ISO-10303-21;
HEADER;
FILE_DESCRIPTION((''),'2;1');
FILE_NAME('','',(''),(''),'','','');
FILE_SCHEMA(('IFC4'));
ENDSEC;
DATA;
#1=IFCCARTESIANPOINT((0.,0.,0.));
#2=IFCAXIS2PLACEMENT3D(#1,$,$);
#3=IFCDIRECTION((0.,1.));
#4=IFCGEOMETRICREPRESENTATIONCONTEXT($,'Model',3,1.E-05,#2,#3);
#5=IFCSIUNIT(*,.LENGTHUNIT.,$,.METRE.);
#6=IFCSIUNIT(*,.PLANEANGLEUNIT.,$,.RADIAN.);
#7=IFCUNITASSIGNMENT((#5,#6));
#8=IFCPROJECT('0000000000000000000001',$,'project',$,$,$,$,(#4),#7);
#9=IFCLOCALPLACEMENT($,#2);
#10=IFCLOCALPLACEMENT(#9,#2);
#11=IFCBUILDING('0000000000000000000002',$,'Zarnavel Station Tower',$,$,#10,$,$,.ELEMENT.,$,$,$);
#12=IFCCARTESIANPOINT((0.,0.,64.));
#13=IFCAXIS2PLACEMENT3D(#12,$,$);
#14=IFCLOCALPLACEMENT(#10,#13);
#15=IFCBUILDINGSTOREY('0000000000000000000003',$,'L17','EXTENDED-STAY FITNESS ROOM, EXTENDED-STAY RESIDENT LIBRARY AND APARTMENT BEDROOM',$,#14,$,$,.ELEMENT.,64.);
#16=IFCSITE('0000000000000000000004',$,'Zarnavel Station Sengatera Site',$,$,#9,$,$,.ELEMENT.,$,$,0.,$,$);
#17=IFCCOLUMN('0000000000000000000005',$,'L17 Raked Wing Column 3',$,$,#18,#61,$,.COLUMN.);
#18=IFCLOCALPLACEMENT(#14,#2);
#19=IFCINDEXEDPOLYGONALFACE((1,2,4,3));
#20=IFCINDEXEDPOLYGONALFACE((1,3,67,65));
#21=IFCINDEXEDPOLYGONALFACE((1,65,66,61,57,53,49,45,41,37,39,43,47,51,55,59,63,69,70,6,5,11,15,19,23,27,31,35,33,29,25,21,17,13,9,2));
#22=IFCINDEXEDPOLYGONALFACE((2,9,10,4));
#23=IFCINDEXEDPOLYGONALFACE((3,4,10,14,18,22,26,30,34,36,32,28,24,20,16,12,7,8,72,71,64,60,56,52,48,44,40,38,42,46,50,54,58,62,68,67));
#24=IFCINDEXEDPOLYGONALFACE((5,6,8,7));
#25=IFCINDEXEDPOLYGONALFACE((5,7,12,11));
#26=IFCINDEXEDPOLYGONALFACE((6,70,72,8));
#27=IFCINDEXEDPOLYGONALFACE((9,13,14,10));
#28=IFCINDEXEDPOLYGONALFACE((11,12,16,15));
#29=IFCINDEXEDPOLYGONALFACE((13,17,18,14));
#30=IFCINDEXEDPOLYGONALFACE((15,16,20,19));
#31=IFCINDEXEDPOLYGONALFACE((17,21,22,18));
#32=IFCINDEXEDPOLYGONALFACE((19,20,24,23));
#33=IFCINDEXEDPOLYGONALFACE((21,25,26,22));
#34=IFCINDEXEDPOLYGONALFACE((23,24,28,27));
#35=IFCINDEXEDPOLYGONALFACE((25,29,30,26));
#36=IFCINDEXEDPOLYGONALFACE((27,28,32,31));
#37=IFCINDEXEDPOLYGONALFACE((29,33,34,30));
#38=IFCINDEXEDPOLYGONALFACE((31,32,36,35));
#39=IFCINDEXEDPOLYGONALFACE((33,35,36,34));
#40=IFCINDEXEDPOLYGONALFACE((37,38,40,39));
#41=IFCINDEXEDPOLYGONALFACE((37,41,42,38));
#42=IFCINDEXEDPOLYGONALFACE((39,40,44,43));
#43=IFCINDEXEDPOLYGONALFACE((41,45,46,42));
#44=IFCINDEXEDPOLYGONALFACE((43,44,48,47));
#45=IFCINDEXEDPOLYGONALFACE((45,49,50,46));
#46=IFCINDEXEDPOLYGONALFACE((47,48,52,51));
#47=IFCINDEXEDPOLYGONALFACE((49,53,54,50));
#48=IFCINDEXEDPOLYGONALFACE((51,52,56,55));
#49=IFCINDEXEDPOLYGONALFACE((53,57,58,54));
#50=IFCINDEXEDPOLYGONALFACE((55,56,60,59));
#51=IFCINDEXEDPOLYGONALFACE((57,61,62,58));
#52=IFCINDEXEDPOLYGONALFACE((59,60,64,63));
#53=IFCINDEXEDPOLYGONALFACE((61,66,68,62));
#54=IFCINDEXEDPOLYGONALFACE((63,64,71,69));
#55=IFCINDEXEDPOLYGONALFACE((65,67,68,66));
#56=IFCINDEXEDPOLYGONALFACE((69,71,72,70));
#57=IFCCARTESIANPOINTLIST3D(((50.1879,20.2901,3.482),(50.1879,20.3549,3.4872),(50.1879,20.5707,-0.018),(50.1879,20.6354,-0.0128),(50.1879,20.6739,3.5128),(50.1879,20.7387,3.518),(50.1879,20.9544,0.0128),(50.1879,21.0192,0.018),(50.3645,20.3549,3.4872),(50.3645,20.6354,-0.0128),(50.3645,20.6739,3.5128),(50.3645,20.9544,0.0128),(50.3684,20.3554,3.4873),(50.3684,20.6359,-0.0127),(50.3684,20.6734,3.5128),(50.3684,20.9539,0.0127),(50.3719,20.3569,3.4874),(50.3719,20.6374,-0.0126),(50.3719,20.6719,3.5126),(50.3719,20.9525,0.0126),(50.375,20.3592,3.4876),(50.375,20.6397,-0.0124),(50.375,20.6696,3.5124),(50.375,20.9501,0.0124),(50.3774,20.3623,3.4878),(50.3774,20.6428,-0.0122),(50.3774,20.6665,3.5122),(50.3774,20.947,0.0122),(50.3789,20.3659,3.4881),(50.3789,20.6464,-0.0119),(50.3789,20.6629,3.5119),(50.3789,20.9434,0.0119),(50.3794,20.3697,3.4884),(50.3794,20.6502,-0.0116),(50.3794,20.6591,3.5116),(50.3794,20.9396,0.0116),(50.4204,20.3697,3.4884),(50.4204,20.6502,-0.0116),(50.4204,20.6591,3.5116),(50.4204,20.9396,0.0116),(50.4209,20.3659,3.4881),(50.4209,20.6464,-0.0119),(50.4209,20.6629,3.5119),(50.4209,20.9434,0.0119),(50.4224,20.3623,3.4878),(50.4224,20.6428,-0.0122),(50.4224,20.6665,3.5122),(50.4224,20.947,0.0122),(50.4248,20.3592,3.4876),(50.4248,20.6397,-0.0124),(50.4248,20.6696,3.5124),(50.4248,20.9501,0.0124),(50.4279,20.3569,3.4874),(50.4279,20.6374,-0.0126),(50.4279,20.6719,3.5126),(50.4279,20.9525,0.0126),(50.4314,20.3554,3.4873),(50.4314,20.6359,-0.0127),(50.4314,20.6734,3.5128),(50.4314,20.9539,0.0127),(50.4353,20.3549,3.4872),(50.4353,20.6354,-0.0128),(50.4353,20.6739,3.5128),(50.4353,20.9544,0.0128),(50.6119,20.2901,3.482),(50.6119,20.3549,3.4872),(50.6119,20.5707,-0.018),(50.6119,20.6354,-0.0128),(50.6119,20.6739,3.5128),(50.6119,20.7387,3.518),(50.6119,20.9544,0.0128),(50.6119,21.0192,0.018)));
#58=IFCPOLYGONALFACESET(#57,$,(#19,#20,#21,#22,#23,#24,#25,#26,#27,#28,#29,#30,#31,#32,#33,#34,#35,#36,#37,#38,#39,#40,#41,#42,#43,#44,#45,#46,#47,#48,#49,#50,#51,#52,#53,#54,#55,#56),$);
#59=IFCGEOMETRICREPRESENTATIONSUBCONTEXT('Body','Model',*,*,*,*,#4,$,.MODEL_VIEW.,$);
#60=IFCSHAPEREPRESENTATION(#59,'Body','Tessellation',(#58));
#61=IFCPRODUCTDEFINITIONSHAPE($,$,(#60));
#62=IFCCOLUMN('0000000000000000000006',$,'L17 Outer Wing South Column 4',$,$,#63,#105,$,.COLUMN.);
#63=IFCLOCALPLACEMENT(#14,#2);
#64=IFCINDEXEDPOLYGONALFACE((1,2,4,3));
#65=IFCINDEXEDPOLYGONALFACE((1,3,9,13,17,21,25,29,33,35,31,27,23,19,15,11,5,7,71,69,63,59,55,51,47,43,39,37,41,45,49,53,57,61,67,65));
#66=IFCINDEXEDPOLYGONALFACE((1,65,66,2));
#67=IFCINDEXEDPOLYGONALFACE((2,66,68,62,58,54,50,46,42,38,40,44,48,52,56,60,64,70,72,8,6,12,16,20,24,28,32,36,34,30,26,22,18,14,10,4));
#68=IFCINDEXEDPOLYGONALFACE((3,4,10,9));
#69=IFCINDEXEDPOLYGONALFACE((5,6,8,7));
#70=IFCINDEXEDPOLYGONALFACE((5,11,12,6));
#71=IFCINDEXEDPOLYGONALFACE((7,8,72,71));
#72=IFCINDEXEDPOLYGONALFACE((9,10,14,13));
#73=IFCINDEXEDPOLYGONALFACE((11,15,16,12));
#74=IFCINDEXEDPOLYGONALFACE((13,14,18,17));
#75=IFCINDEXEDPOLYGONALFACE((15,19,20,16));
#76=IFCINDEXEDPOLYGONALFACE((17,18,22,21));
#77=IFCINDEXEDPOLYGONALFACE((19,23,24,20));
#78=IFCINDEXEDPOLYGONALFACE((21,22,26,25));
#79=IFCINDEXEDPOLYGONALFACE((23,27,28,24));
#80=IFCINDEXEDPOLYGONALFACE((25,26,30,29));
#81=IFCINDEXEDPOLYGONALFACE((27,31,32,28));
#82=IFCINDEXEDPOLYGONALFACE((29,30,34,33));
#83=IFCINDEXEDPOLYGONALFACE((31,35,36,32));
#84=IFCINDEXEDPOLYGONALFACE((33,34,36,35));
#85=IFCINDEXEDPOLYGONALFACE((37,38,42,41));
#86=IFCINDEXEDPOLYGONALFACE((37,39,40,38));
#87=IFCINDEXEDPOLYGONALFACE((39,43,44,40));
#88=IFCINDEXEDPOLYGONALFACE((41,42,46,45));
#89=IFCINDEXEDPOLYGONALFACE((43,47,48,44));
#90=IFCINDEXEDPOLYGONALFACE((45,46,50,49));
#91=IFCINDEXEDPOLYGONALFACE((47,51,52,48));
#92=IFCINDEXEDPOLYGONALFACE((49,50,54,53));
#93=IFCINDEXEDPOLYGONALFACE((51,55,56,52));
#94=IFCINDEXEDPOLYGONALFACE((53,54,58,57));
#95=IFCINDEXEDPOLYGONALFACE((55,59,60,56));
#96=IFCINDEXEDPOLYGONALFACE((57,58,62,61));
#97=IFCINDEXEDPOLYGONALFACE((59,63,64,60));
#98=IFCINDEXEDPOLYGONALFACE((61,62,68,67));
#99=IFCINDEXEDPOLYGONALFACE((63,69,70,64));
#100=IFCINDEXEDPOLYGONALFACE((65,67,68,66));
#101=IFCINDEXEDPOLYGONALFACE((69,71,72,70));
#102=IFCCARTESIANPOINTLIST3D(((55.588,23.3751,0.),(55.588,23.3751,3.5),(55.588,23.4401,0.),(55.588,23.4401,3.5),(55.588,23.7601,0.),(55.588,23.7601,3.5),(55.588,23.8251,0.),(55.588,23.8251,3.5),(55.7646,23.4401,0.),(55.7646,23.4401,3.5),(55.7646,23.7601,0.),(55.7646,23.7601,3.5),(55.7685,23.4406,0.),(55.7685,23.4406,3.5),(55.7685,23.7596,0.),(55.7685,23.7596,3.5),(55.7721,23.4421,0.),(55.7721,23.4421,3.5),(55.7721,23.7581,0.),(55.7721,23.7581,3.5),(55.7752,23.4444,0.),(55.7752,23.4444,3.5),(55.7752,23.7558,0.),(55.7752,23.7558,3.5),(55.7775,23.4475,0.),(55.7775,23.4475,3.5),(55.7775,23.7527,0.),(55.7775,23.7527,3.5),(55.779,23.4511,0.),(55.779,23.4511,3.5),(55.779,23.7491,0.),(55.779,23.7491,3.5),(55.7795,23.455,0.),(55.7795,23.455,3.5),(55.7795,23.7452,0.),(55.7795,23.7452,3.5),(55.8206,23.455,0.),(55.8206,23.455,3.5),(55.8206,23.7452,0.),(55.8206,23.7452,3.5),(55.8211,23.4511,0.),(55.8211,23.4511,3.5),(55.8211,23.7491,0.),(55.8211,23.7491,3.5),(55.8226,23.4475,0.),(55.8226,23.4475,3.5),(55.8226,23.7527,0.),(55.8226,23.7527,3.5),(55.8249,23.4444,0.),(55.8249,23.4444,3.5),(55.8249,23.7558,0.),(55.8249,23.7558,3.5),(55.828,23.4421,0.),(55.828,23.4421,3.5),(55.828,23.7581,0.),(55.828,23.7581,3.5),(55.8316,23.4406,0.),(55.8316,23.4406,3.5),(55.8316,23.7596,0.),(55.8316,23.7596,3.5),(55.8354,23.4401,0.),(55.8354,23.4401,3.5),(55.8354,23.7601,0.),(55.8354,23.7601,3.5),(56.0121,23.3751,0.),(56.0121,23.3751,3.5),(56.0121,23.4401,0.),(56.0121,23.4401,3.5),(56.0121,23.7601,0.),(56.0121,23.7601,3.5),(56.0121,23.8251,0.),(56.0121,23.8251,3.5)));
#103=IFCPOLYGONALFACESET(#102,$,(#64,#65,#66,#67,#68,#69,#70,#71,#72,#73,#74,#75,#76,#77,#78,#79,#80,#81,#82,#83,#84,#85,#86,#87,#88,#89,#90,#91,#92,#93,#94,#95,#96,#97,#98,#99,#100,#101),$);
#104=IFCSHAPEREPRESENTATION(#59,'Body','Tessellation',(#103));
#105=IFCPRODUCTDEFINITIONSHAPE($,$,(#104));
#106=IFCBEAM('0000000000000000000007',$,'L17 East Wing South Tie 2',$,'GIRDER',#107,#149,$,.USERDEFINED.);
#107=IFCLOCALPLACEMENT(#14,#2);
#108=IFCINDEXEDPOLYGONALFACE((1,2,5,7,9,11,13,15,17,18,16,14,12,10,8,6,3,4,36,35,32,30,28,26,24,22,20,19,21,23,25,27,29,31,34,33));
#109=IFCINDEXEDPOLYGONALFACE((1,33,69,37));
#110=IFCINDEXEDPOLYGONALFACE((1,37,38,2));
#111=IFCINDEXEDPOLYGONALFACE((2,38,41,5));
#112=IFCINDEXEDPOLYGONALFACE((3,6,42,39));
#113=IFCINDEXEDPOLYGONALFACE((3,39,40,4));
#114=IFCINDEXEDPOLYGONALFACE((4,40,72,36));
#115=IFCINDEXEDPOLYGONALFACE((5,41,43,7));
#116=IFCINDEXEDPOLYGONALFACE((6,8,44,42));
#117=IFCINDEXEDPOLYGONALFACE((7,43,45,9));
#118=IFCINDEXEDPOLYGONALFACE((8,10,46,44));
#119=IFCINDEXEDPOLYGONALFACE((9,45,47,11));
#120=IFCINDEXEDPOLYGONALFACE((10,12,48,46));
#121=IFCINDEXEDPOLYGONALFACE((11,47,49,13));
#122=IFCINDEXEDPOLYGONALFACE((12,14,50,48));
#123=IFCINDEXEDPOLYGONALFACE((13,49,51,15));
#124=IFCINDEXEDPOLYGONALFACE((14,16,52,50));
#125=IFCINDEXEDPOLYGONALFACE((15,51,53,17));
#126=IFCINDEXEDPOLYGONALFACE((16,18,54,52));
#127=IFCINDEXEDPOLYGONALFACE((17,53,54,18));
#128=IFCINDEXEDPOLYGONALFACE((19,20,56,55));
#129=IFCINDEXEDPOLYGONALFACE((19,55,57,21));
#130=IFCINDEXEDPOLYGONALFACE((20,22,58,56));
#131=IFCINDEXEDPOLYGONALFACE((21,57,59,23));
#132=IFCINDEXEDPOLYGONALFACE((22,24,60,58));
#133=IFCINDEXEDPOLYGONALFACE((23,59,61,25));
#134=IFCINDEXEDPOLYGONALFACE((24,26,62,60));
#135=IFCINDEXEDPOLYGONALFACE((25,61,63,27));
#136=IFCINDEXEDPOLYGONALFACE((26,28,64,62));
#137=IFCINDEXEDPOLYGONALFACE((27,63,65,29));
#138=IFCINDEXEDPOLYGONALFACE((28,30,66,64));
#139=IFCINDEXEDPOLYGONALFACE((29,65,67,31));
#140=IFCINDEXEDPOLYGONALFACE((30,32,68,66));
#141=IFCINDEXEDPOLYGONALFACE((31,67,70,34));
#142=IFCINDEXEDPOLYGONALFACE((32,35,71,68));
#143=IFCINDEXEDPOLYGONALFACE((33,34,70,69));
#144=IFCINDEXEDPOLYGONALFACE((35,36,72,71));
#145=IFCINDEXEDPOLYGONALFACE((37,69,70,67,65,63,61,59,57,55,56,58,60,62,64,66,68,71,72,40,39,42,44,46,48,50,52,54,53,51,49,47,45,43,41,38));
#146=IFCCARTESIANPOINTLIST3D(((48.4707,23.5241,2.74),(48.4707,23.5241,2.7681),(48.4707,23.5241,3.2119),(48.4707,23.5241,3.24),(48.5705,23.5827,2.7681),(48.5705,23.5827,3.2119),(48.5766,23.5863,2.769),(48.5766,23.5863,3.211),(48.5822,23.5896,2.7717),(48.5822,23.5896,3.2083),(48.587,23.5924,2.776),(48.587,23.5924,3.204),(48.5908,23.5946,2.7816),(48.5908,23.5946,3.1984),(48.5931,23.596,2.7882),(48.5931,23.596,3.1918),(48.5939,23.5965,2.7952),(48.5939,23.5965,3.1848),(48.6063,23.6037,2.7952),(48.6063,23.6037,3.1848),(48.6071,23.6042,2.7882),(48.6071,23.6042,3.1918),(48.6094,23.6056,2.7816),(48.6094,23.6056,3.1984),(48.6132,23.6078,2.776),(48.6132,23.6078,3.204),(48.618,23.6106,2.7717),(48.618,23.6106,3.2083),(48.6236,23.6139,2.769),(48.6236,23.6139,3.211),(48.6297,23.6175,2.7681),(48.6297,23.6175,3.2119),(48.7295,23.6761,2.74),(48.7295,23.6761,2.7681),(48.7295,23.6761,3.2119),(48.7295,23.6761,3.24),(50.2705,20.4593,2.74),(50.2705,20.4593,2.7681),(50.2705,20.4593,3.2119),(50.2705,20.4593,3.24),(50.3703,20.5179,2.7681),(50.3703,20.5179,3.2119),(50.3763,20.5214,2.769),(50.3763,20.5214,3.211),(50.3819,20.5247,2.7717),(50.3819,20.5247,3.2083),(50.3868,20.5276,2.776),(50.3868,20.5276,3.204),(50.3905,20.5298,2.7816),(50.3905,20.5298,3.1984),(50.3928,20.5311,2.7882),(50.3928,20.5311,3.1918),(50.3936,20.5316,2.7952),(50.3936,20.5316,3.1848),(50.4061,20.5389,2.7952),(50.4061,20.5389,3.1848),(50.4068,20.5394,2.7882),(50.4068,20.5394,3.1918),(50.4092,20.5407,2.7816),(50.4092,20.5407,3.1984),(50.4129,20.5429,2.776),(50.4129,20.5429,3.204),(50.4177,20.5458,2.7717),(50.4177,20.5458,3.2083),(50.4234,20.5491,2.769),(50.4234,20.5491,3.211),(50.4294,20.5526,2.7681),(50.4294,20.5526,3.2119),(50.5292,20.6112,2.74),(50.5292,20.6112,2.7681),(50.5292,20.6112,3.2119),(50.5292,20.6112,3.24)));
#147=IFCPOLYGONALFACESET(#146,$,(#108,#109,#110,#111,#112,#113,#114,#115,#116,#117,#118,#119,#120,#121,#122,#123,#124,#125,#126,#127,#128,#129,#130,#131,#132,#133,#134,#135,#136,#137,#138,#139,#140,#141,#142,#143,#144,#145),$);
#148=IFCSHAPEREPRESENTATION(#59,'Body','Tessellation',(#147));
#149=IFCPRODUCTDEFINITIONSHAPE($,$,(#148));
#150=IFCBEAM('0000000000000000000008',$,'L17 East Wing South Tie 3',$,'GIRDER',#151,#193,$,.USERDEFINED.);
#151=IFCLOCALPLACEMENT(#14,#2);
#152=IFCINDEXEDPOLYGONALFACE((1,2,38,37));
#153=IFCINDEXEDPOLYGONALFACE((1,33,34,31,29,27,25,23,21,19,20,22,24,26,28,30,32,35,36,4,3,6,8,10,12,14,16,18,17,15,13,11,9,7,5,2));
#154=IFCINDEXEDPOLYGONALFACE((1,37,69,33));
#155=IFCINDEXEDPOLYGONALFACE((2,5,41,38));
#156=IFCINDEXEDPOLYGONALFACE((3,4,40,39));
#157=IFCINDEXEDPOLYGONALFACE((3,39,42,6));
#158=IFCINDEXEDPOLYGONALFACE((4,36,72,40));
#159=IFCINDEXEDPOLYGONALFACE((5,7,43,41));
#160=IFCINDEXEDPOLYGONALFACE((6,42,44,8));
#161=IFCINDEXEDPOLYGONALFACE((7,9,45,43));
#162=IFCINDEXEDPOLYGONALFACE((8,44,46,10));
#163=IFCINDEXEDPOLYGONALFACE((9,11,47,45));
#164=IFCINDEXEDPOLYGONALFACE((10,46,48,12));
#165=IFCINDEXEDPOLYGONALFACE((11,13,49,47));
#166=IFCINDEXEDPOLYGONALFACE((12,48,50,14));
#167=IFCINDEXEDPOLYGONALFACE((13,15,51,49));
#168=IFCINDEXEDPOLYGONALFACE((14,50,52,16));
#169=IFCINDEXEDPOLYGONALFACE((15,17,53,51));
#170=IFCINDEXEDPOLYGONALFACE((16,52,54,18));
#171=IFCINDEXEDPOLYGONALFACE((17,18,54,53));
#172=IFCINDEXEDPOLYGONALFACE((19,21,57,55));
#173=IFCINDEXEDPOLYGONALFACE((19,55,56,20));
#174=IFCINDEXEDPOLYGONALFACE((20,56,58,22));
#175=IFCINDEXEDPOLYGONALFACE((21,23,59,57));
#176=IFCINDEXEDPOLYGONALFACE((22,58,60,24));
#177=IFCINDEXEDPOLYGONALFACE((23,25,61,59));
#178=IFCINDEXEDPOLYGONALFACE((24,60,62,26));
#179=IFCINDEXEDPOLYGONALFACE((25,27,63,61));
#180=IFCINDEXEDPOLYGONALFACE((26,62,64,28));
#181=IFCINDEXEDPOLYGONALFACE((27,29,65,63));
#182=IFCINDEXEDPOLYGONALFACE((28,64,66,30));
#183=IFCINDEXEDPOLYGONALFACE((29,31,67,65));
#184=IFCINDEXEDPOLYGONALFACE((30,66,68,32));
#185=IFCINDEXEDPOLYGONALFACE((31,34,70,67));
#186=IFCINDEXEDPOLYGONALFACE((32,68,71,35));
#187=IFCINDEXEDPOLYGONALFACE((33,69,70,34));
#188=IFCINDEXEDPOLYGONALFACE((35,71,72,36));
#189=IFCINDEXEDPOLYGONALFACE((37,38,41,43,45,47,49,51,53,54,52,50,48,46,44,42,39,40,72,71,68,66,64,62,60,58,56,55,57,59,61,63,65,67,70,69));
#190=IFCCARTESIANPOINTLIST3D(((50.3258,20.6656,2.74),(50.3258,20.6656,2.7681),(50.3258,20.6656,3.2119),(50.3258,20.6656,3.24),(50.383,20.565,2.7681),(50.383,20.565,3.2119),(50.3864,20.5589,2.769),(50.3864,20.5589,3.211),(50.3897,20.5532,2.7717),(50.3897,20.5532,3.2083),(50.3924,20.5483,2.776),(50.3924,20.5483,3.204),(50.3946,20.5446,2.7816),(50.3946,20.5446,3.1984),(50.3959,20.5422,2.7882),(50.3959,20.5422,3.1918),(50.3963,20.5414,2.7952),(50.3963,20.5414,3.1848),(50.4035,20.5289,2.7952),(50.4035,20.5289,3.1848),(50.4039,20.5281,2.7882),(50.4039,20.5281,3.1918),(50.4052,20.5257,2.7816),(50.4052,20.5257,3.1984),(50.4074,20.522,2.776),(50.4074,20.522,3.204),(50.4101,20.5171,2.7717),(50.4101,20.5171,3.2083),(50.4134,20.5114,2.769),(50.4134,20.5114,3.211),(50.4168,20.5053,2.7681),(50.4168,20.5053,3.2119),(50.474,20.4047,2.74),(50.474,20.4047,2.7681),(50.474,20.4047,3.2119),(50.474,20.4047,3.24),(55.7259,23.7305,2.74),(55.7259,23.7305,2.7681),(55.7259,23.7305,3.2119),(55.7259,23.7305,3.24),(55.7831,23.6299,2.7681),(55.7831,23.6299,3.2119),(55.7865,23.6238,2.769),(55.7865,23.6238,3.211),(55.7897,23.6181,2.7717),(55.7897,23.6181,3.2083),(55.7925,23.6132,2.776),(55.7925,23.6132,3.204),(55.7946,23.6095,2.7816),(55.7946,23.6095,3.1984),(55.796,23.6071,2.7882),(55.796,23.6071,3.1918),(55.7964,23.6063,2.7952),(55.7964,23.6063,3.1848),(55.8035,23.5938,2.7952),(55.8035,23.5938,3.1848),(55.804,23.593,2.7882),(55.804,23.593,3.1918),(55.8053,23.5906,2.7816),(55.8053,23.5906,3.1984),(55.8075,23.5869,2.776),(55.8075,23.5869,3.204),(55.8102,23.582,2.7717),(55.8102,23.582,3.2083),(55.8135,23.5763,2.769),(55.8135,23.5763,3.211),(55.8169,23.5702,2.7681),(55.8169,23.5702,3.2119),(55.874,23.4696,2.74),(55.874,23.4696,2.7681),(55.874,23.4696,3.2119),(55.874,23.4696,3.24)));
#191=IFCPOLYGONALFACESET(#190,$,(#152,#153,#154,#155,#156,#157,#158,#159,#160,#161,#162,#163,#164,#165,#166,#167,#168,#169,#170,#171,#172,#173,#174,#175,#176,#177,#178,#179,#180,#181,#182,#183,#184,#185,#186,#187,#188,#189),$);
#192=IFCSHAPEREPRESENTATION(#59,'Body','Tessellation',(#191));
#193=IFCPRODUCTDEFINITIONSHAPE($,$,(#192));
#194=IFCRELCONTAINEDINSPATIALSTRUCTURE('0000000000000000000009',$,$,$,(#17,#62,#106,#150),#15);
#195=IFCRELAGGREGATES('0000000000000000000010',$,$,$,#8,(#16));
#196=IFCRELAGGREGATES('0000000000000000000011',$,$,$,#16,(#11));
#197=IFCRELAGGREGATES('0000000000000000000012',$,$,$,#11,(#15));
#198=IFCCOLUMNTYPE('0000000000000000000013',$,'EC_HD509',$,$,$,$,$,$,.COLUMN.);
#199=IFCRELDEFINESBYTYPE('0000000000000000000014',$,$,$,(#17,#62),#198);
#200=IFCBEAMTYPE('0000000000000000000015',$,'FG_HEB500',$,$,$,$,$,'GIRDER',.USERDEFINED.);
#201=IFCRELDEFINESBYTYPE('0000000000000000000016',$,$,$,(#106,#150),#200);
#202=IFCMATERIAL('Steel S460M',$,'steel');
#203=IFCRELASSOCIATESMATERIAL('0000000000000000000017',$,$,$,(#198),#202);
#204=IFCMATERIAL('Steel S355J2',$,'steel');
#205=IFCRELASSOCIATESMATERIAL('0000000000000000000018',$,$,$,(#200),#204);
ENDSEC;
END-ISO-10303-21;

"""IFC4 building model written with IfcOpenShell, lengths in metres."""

from ifc_helpers import new_model, si_unit, direction, frame, origin, origin_2d, place, context, subcontext, project, spatial, i_section, extrude, material, material_profile, profile_set, type_object, element, save


model = new_model("IFC4")

# Units and contexts
model_context = context("Model", 3, precision=1e-05, world=origin(), true_north=direction((0.0, 1.0)))
body_context = subcontext(model_context, "Body", "Model", "MODEL_VIEW")
ifc_project = project(units=[si_unit("LENGTHUNIT", "METRE"), si_unit("PLANEANGLEUNIT", "RADIAN")], contexts=[model_context])

# Site, building, storey
site_placement = place(None, origin())
site = spatial("IfcSite", under=ifc_project, at=site_placement, Name="Zarnavel Station Sengatera Site", CompositionType="ELEMENT", RefElevation=0.0)
building_placement = place(site_placement, origin())
building = spatial("IfcBuilding", under=site, at=building_placement, Name="Zarnavel Station Tower", CompositionType="ELEMENT")
storey_placement = place(building_placement, frame((0.0, 0.0, 64.0)))
storey = spatial("IfcBuildingStorey", under=building, at=storey_placement, Name="L17", Description="EXTENDED-STAY FITNESS ROOM, EXTENDED-STAY RESIDENT LIBRARY AND APARTMENT BEDROOM", CompositionType="ELEMENT", Elevation=64.0)

# Columns
ifc_material_1 = material(Name="Steel S460M", Category="steel")
ifc_material_profile_1 = material_profile(ifc_material_1, i_section(OverallWidth=0.4241, OverallDepth=0.45, WebThickness=0.041, FlangeThickness=0.0649, FilletRadius=0.0149, at=origin_2d()), Name="HD400x509")
ifc_profile_set_1 = profile_set([ifc_material_profile_1], Name="Steel S460M")
column_type = type_object("IfcColumnType", Name="EC_HD509", PredefinedType="COLUMN", material=ifc_profile_set_1)
column_1_placement = place(storey_placement, frame((50.3999, 20.7949, 0.0), z_axis=(0.0, -0.079892, 0.996804), x_axis=(1.0, 0.0, 0.0)))
element("IfcColumn", 1, at=column_1_placement, inside=storey, type_object=column_type, Name="L17 Raked Wing Column 3", PredefinedType="COLUMN", context=body_context, shape_type="SweptSolid", body=[
    extrude(i_section(OverallWidth=0.4241, OverallDepth=0.45, WebThickness=0.041, FlangeThickness=0.0649, FilletRadius=0.0149, at=origin_2d()), origin(), (0.0, 0.0, 1.0), 3.5112),
])
column_2_placement = place(storey_placement, frame((55.8, 23.6001, 0.0), z_axis=(0.0, 0.0, 1.0), x_axis=(1.0, 0.0, 0.0)))
element("IfcColumn", 2, at=column_2_placement, inside=storey, type_object=column_type, Name="L17 Outer Wing South Column 4", PredefinedType="COLUMN", context=body_context, shape_type="SweptSolid", body=[
    extrude(i_section(OverallWidth=0.4241, OverallDepth=0.45, WebThickness=0.041, FlangeThickness=0.0649, FilletRadius=0.0149, at=origin_2d()), origin(), (0.0, 0.0, 1.0), 3.5),
])

# Beams
ifc_material_2 = material(Name="Steel S355J2", Category="steel")
ifc_material_profile_2 = material_profile(ifc_material_2, i_section(OverallWidth=0.3, OverallDepth=0.5, WebThickness=0.0144, FlangeThickness=0.0281, FilletRadius=0.0271, at=origin_2d()), Name="HEB500")
ifc_profile_set_2 = profile_set([ifc_material_profile_2], Name="Steel S355J2")
beam_type_1 = type_object("IfcBeamType", Name="FG_HEB500", ElementType="GIRDER", PredefinedType="USERDEFINED", material=ifc_profile_set_2)
beam_1_placement = place(storey_placement, frame((48.6001, 23.6001, 2.99), z_axis=(0.506372, -0.862315, 0.0), x_axis=(0.862315, 0.506372, 0.0)))
element("IfcBeam", 3, at=beam_1_placement, inside=storey, type_object=beam_type_1, Name="L17 East Wing South Tie 2", ObjectType="GIRDER", PredefinedType="USERDEFINED", context=body_context, shape_type="SweptSolid", body=[
    extrude(i_section(OverallWidth=0.3, OverallDepth=0.5, WebThickness=0.0144, FlangeThickness=0.0281, FilletRadius=0.0271, at=origin_2d()), origin(), (0.0, 0.0, 1.0), 3.5542),
])
beam_2_placement = place(storey_placement, frame((50.3999, 20.5352, 2.99), z_axis=(0.869686, 0.493605, 0.0), x_axis=(-0.493605, 0.869686, 0.0)))
element("IfcBeam", 4, at=beam_2_placement, inside=storey, type_object=beam_type_1, Name="L17 East Wing South Tie 3", ObjectType="GIRDER", PredefinedType="USERDEFINED", context=body_context, shape_type="SweptSolid", body=[
    extrude(i_section(OverallWidth=0.3, OverallDepth=0.5, WebThickness=0.0144, FlangeThickness=0.0281, FilletRadius=0.0271, at=origin_2d()), origin(), (0.0, 0.0, 1.0), 6.2092),
])

save(model, "model.ifc")
